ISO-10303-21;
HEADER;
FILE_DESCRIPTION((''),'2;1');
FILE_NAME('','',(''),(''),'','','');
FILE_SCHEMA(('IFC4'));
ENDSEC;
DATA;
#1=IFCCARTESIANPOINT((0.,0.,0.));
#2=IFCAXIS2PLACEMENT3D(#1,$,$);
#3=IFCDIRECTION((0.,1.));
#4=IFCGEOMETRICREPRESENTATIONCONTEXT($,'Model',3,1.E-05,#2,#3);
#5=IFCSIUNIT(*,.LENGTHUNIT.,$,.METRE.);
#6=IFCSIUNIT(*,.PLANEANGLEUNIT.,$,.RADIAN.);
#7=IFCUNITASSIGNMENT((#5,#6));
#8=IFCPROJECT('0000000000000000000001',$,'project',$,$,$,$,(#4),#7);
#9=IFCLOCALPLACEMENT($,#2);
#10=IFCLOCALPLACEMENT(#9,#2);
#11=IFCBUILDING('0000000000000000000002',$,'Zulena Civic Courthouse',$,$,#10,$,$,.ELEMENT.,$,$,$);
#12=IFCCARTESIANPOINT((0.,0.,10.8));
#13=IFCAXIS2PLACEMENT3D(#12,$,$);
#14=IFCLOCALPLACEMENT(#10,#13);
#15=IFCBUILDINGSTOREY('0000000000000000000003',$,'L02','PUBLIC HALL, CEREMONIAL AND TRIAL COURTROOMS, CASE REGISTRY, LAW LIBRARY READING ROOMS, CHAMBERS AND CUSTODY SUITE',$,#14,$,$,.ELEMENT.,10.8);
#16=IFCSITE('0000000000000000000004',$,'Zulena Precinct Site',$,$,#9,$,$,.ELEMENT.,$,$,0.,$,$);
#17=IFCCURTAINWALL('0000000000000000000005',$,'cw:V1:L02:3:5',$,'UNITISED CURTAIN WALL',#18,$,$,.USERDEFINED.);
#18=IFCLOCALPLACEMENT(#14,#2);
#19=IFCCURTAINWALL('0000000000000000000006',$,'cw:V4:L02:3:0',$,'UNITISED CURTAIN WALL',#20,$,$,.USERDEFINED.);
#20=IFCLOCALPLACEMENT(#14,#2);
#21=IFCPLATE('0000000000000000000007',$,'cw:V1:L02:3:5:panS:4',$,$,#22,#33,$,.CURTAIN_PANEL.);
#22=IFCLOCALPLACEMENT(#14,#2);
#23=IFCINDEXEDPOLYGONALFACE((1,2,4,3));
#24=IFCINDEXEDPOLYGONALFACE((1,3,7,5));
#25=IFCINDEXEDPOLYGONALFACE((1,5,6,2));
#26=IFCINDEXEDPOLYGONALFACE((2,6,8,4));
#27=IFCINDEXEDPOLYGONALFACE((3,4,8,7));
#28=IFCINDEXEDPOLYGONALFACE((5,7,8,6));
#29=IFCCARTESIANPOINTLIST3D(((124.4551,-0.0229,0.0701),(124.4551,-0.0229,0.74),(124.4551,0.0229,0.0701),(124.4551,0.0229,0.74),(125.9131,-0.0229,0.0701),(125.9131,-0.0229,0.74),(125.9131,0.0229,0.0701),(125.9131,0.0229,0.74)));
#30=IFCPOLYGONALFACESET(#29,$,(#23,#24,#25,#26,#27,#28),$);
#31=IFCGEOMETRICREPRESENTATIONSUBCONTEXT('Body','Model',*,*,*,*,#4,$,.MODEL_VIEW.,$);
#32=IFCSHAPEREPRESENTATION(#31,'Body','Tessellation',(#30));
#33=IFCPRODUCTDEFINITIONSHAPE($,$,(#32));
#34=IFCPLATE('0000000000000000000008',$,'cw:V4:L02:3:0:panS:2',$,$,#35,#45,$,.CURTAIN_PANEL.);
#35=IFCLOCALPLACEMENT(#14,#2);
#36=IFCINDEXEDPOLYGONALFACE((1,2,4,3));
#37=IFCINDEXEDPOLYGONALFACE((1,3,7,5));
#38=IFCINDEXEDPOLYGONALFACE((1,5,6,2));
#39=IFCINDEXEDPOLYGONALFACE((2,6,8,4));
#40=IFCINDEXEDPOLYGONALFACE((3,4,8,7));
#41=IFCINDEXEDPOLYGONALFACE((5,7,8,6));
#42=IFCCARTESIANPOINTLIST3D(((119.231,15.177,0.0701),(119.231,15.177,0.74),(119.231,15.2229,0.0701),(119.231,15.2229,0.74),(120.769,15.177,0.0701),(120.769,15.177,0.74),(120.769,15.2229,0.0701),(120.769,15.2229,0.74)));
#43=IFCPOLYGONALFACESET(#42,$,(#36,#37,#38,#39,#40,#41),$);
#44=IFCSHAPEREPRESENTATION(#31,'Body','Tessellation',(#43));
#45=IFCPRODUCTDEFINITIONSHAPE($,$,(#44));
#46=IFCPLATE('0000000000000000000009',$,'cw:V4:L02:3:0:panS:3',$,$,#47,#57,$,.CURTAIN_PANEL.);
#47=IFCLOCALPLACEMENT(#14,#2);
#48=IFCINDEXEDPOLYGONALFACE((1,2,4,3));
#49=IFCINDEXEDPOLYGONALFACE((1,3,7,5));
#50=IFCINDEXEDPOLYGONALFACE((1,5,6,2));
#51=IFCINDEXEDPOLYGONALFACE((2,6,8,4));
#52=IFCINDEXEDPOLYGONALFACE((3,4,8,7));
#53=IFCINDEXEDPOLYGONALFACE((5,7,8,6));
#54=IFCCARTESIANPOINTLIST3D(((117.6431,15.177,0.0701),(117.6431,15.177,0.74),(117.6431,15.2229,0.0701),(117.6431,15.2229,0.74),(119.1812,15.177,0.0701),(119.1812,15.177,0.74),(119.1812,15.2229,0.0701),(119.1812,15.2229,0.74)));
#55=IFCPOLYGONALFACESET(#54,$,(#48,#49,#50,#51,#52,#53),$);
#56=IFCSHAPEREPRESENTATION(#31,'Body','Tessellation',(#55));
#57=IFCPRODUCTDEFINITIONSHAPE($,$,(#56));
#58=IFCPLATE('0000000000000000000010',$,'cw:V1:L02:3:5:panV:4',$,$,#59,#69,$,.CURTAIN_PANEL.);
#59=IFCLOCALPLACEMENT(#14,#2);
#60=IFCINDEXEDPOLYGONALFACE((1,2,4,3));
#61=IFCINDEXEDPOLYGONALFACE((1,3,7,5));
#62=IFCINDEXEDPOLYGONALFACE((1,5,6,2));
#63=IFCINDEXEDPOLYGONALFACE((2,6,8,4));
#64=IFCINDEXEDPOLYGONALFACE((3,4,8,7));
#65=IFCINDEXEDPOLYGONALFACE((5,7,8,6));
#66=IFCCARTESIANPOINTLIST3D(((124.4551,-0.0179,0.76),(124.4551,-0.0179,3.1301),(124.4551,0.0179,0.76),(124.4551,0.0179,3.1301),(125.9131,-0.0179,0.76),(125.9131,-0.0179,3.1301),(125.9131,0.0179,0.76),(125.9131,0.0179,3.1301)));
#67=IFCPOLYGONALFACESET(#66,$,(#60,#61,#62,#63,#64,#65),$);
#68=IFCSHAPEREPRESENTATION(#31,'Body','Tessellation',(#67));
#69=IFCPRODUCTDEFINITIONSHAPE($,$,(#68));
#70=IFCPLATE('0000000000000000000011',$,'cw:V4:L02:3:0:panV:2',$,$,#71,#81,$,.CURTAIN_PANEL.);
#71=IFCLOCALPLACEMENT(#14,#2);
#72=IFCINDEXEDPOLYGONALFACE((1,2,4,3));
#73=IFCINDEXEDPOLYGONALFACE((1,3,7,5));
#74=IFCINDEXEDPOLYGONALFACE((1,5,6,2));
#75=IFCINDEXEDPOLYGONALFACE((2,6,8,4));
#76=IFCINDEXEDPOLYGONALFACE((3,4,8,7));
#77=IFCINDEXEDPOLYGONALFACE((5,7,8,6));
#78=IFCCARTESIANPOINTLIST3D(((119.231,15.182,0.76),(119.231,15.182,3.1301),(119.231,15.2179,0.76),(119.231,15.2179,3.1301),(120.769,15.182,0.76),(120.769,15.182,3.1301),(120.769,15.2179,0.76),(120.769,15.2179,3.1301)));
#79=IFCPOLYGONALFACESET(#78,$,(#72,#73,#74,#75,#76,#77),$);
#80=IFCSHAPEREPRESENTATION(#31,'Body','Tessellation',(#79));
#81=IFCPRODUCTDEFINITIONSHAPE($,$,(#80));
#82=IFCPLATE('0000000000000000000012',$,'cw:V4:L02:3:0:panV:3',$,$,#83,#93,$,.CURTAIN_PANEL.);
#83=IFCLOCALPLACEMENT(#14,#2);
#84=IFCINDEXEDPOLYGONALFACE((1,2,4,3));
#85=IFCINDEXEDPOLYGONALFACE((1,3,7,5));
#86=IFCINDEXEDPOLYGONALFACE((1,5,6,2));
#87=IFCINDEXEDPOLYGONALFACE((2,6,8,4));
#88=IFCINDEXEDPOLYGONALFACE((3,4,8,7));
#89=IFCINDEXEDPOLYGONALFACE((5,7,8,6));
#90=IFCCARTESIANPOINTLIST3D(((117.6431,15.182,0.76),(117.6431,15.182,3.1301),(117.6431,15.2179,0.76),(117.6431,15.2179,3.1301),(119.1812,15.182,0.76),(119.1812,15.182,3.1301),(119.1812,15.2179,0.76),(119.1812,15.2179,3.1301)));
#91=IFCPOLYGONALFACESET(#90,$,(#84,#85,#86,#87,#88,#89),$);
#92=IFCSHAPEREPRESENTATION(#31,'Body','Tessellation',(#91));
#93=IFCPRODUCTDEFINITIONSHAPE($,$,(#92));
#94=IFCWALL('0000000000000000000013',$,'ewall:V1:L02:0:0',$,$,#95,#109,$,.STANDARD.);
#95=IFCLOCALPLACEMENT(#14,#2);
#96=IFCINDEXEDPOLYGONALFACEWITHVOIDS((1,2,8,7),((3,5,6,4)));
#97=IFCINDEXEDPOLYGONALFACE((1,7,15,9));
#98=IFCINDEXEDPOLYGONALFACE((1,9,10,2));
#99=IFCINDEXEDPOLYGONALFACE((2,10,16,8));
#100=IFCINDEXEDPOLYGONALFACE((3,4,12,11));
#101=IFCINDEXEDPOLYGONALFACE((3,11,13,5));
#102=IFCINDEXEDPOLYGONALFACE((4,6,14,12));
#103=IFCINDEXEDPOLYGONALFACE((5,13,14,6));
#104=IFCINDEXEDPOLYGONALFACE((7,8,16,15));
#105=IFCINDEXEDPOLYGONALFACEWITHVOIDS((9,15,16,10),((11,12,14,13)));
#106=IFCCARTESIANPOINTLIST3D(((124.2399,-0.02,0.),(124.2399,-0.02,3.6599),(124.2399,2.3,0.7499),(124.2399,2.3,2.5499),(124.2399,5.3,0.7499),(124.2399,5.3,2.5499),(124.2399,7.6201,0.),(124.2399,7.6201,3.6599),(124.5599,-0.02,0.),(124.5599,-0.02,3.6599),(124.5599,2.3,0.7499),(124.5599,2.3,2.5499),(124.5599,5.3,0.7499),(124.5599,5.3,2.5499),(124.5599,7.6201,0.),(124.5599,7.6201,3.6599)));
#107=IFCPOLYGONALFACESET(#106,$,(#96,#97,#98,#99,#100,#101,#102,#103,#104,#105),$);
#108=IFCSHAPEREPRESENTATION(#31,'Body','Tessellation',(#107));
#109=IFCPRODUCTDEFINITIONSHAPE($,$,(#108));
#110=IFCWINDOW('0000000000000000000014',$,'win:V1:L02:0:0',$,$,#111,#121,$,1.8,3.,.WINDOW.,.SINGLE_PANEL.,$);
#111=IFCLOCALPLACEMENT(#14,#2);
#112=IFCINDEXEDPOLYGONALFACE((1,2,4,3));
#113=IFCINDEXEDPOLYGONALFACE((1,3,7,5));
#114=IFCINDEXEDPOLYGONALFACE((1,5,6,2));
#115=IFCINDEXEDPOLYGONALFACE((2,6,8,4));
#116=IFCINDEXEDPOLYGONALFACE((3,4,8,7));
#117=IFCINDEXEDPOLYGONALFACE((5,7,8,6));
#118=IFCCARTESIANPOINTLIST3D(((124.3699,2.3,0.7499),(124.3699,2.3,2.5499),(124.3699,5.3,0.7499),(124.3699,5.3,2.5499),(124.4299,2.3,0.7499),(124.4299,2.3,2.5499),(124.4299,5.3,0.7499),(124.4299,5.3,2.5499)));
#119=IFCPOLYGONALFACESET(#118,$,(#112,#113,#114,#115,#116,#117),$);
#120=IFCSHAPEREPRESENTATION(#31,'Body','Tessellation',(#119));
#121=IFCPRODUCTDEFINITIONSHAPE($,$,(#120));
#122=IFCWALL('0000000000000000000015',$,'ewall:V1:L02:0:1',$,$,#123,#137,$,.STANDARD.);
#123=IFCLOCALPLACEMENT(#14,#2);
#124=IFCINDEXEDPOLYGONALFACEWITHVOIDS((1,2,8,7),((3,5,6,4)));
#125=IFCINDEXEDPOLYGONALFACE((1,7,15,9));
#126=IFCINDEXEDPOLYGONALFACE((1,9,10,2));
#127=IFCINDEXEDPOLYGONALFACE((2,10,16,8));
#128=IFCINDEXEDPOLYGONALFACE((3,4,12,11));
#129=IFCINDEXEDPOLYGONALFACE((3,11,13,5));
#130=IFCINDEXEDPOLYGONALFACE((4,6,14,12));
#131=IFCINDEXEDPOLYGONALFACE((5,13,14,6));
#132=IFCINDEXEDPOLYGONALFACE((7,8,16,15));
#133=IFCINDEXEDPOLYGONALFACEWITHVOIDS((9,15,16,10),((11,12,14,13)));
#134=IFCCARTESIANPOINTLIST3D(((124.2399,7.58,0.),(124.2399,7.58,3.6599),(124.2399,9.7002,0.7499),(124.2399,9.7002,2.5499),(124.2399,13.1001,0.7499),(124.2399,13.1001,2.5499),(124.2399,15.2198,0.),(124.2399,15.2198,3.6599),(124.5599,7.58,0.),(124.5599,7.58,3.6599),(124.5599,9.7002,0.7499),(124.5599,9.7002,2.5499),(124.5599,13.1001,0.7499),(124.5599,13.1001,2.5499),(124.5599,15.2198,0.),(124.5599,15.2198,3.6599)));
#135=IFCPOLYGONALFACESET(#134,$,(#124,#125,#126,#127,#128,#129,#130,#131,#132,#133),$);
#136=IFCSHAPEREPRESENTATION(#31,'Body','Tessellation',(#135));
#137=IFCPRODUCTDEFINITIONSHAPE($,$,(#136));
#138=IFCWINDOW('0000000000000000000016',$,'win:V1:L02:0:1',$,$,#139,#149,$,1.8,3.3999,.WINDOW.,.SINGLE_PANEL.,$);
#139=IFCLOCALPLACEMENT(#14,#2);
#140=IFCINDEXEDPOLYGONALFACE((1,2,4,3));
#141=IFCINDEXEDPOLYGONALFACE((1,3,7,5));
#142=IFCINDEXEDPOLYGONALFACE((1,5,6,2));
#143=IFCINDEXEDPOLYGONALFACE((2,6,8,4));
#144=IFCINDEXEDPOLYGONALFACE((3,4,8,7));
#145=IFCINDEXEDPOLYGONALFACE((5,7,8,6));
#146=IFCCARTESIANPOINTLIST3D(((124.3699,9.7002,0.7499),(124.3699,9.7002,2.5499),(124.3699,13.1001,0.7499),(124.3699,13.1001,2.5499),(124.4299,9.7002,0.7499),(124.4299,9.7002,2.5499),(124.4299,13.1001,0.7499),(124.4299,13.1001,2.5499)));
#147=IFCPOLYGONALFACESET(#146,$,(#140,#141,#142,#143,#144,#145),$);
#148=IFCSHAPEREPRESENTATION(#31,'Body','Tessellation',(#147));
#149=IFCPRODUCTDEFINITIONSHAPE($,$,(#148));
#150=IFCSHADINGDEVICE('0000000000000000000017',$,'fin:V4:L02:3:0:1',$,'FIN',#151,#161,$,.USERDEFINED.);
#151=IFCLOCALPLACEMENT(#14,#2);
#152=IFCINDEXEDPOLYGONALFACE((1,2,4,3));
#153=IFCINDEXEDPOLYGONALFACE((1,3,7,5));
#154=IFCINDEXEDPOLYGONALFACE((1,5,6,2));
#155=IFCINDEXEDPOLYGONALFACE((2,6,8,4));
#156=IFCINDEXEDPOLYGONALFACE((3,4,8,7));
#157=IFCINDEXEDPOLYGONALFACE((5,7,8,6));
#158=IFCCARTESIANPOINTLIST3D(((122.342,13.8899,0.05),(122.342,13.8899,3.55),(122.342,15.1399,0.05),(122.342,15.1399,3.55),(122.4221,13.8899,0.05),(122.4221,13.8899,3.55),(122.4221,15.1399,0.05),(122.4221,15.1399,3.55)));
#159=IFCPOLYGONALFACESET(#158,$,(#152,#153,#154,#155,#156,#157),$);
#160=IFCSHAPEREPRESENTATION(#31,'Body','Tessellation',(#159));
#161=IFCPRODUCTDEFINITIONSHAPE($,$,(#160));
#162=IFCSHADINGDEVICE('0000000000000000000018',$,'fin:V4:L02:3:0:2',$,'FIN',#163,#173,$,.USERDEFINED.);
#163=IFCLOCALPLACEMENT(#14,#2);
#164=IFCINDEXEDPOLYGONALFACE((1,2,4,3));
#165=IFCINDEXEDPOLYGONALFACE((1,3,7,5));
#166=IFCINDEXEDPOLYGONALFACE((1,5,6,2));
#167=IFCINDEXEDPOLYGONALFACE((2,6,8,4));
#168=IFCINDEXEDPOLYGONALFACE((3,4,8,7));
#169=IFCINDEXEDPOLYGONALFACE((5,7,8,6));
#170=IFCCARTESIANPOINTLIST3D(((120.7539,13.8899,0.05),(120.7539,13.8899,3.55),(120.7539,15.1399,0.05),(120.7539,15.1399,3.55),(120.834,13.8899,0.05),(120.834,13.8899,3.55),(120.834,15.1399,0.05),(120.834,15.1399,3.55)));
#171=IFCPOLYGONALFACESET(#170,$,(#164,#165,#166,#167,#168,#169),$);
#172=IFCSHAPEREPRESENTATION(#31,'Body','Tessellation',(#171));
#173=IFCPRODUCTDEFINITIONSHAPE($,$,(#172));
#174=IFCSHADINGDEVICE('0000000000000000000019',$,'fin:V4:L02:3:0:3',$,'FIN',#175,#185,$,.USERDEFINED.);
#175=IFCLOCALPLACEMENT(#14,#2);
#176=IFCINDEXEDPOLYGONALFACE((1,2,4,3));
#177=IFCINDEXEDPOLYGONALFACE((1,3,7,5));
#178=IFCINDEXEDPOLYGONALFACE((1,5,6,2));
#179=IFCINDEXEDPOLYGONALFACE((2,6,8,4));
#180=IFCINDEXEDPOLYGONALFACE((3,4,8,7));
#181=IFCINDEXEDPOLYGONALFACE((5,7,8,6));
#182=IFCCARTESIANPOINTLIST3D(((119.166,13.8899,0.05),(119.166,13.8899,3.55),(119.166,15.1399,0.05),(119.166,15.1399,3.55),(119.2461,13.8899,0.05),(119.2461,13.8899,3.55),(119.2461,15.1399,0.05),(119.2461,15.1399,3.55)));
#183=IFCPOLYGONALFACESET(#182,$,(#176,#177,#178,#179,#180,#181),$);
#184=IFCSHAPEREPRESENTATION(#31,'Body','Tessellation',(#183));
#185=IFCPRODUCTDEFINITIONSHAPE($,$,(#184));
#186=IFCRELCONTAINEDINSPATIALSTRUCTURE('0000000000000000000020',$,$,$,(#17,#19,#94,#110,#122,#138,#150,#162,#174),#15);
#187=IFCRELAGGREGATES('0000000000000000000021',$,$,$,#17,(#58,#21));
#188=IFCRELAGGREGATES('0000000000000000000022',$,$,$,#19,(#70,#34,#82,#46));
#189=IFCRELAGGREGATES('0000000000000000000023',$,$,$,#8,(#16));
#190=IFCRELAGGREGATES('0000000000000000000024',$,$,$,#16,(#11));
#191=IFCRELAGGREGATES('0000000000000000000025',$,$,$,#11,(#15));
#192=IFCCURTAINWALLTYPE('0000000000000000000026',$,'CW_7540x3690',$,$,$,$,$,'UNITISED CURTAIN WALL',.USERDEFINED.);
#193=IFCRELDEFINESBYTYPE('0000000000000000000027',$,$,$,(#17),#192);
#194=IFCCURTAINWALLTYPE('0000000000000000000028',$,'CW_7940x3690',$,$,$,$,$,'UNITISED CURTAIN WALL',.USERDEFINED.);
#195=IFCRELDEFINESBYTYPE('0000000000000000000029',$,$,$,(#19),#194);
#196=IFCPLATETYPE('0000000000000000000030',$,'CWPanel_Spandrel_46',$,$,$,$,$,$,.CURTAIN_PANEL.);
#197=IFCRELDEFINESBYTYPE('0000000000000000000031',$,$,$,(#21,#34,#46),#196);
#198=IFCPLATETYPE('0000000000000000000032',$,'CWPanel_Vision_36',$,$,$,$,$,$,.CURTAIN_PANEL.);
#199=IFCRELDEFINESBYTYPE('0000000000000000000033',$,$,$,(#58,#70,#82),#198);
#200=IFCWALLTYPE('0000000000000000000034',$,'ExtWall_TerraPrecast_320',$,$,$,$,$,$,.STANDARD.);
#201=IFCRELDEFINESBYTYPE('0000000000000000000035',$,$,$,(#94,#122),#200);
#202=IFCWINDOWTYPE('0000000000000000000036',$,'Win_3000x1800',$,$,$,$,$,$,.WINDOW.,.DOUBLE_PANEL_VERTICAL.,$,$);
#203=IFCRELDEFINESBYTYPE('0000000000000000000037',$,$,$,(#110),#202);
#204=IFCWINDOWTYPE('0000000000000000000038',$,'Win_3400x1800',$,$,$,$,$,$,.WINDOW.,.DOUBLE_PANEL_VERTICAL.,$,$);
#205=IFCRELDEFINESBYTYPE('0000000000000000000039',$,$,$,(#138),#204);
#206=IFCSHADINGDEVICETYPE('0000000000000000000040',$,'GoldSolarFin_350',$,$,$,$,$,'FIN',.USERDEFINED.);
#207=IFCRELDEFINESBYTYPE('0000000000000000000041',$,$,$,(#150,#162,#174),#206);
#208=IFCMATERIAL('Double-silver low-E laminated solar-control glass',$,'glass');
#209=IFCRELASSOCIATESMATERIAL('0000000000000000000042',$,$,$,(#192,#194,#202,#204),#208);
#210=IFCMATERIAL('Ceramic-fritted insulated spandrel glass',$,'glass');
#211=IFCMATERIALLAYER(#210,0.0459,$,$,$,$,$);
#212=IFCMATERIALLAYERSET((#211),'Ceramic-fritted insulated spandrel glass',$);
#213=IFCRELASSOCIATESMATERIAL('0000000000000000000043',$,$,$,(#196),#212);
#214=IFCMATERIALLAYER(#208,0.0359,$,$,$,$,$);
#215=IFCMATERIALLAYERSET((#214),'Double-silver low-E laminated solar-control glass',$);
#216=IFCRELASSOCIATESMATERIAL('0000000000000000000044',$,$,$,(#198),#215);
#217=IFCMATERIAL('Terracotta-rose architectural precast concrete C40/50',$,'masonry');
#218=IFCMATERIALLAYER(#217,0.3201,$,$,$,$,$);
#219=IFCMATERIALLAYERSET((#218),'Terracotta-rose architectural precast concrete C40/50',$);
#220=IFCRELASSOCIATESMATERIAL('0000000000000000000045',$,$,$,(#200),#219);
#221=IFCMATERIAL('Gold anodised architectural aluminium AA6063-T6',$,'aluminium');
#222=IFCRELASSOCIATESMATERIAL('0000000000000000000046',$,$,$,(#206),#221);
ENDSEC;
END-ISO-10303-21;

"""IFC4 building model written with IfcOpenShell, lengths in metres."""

from ifc_helpers import new_model, si_unit, direction, frame, frame_2d, origin, origin_2d, place, context, subcontext, project, spatial, rectangle, extrude, material, layer, layer_set, type_object, element, fill, aggregate, save


model = new_model("IFC4")

# Units and contexts
model_context = context("Model", 3, precision=1e-05, world=origin(), true_north=direction((0.0, 1.0)))
body_context = subcontext(model_context, "Body", "Model", "MODEL_VIEW")
ifc_project = project(units=[si_unit("LENGTHUNIT", "METRE"), si_unit("PLANEANGLEUNIT", "RADIAN")], contexts=[model_context])

# Site, building, storey
site_placement = place(None, origin())
site = spatial("IfcSite", under=ifc_project, at=site_placement, Name="Zulena Precinct Site", CompositionType="ELEMENT", RefElevation=0.0)
building_placement = place(site_placement, origin())
building = spatial("IfcBuilding", under=site, at=building_placement, Name="Zulena Civic Courthouse", CompositionType="ELEMENT")
storey_placement = place(building_placement, frame((0.0, 0.0, 10.8)))
storey = spatial("IfcBuildingStorey", under=building, at=storey_placement, Name="L02", Description="PUBLIC HALL, CEREMONIAL AND TRIAL COURTROOMS, CASE REGISTRY, LAW LIBRARY READING ROOMS, CHAMBERS AND CUSTODY SUITE", CompositionType="ELEMENT", Elevation=10.8)

# Curtain walls
ifc_material_1 = material(Name="Double-silver low-E laminated solar-control glass", Category="glass")
curtain_wall_type_1 = type_object("IfcCurtainWallType", Name="CW_7540x3690", ElementType="UNITISED CURTAIN WALL", PredefinedType="USERDEFINED", material=ifc_material_1)
curtain_wall_1_placement = place(storey_placement, origin())
curtain_wall_1 = element("IfcCurtainWall", 1, at=curtain_wall_1_placement, inside=storey, type_object=curtain_wall_type_1, Name="cw:V1:L02:3:5", ObjectType="UNITISED CURTAIN WALL", PredefinedType="USERDEFINED")
curtain_wall_type_2 = type_object("IfcCurtainWallType", Name="CW_7940x3690", ElementType="UNITISED CURTAIN WALL", PredefinedType="USERDEFINED", material=ifc_material_1)
curtain_wall_2_placement = place(storey_placement, origin())
curtain_wall_2 = element("IfcCurtainWall", 2, at=curtain_wall_2_placement, inside=storey, type_object=curtain_wall_type_2, Name="cw:V4:L02:3:0", ObjectType="UNITISED CURTAIN WALL", PredefinedType="USERDEFINED")

# Plates
ifc_material_2 = material(Name="Ceramic-fritted insulated spandrel glass", Category="glass")
ifc_layer_1 = layer(ifc_material_2, 0.0459)
ifc_layer_set_1 = layer_set([ifc_layer_1], Name="Ceramic-fritted insulated spandrel glass")
plate_type_1 = type_object("IfcPlateType", Name="CWPanel_Spandrel_46", PredefinedType="CURTAIN_PANEL", material=ifc_layer_set_1)
plate_1_placement = place(storey_placement, frame((125.1841, 0.0, 0.0701), z_axis=(0.0, 0.0, 1.0), x_axis=(-1.0, 0.0, 0.0)))
plate_1 = element("IfcPlate", 3, at=plate_1_placement, type_object=plate_type_1, Name="cw:V1:L02:3:5:panS:4", PredefinedType="CURTAIN_PANEL", context=body_context, shape_type="SweptSolid", body=[
    extrude(rectangle(XDim=1.458, YDim=0.0459, at=origin_2d()), origin(), (0.0, 0.0, 1.0), 0.6699),
])
plate_2_placement = place(storey_placement, frame((120.0, 15.2, 0.0701), z_axis=(0.0, 0.0, 1.0), x_axis=(-1.0, 0.0, 0.0)))
plate_2 = element("IfcPlate", 4, at=plate_2_placement, type_object=plate_type_1, Name="cw:V4:L02:3:0:panS:2", PredefinedType="CURTAIN_PANEL", context=body_context, shape_type="SweptSolid", body=[
    extrude(rectangle(XDim=1.5381, YDim=0.0459, at=origin_2d()), origin(), (0.0, 0.0, 1.0), 0.6699),
])
plate_3_placement = place(storey_placement, frame((118.4121, 15.2, 0.0701), z_axis=(0.0, 0.0, 1.0), x_axis=(-1.0, 0.0, 0.0)))
plate_3 = element("IfcPlate", 5, at=plate_3_placement, type_object=plate_type_1, Name="cw:V4:L02:3:0:panS:3", PredefinedType="CURTAIN_PANEL", context=body_context, shape_type="SweptSolid", body=[
    extrude(rectangle(XDim=1.5381, YDim=0.0459, at=origin_2d()), origin(), (0.0, 0.0, 1.0), 0.6699),
])
ifc_layer_2 = layer(ifc_material_1, 0.0359)
ifc_layer_set_2 = layer_set([ifc_layer_2], Name="Double-silver low-E laminated solar-control glass")
plate_type_2 = type_object("IfcPlateType", Name="CWPanel_Vision_36", PredefinedType="CURTAIN_PANEL", material=ifc_layer_set_2)
plate_4_placement = place(storey_placement, frame((125.1841, 0.0, 0.76), z_axis=(0.0, 0.0, 1.0), x_axis=(-1.0, 0.0, 0.0)))
plate_4 = element("IfcPlate", 6, at=plate_4_placement, type_object=plate_type_2, Name="cw:V1:L02:3:5:panV:4", PredefinedType="CURTAIN_PANEL", context=body_context, shape_type="SweptSolid", body=[
    extrude(rectangle(XDim=1.458, YDim=0.0359, at=origin_2d()), origin(), (0.0, 0.0, 1.0), 2.3701),
])
aggregate(curtain_wall_1, [plate_4, plate_1])
plate_5_placement = place(storey_placement, frame((120.0, 15.2, 0.76), z_axis=(0.0, 0.0, 1.0), x_axis=(-1.0, 0.0, 0.0)))
plate_5 = element("IfcPlate", 7, at=plate_5_placement, type_object=plate_type_2, Name="cw:V4:L02:3:0:panV:2", PredefinedType="CURTAIN_PANEL", context=body_context, shape_type="SweptSolid", body=[
    extrude(rectangle(XDim=1.5381, YDim=0.0359, at=origin_2d()), origin(), (0.0, 0.0, 1.0), 2.3701),
])
plate_6_placement = place(storey_placement, frame((118.4121, 15.2, 0.76), z_axis=(0.0, 0.0, 1.0), x_axis=(-1.0, 0.0, 0.0)))
plate_6 = element("IfcPlate", 8, at=plate_6_placement, type_object=plate_type_2, Name="cw:V4:L02:3:0:panV:3", PredefinedType="CURTAIN_PANEL", context=body_context, shape_type="SweptSolid", body=[
    extrude(rectangle(XDim=1.5381, YDim=0.0359, at=origin_2d()), origin(), (0.0, 0.0, 1.0), 2.3701),
])
aggregate(curtain_wall_2, [plate_5, plate_2, plate_6, plate_3])

# Walls, openings, windows
ifc_material_3 = material(Name="Terracotta-rose architectural precast concrete C40/50", Category="masonry")
ifc_layer_3 = layer(ifc_material_3, 0.3201)
ifc_layer_set_3 = layer_set([ifc_layer_3], Name="Terracotta-rose architectural precast concrete C40/50")
wall_type = type_object("IfcWallType", Name="ExtWall_TerraPrecast_320", PredefinedType="STANDARD", material=ifc_layer_set_3)
wall_1_placement = place(storey_placement, frame((124.3999, -0.02, 0.0), z_axis=(0.0, 0.0, 1.0), x_axis=(0.0, 1.0, 0.0)))
wall_1 = element("IfcWall", 9, at=wall_1_placement, inside=storey, type_object=wall_type, Name="ewall:V1:L02:0:0", PredefinedType="STANDARD", context=body_context, shape_type="SweptSolid", body=[
    extrude(rectangle(XDim=7.6401, YDim=0.3201, at=frame_2d((3.8201, 0.0))), origin(), (0.0, 0.0, 1.0), 3.6599),
])
opening_1_placement = place(wall_1_placement, frame((2.3201, 0.0, 0.75)))
opening_1 = element("IfcOpeningElement", 10, at=opening_1_placement, cuts=wall_1, PredefinedType="OPENING", context=body_context, shape_type="SweptSolid", body=[
    extrude(rectangle(XDim=3.0, YDim=1.8, at=frame_2d((1.5, 0.8999))), frame((0.0, 0.1699, 0.0), z_axis=(0.0, -1.0, 0.0), x_axis=(1.0, 0.0, 0.0)), (0.0, 0.0, 1.0), 0.3401),
])
window_type_1 = type_object("IfcWindowType", Name="Win_3000x1800", PartitioningType="DOUBLE_PANEL_VERTICAL", PredefinedType="WINDOW", material=ifc_material_1)
window_1_placement = place(opening_1_placement, origin())
window_1 = element("IfcWindow", 11, at=window_1_placement, inside=storey, type_object=window_type_1, Name="win:V1:L02:0:0", OverallHeight=1.8, OverallWidth=3.0, PartitioningType="SINGLE_PANEL", PredefinedType="WINDOW", context=body_context, shape_type="SweptSolid", body=[
    extrude(rectangle(XDim=3.0, YDim=1.8, at=frame_2d((1.5, 0.8999))), frame((0.0, 0.03, 0.0), z_axis=(0.0, -1.0, 0.0), x_axis=(1.0, 0.0, 0.0)), (0.0, 0.0, 1.0), 0.0601),
])
fill(opening_1, window_1)
wall_2_placement = place(storey_placement, frame((124.3999, 7.5801, 0.0), z_axis=(0.0, 0.0, 1.0), x_axis=(0.0, 1.0, 0.0)))
wall_2 = element("IfcWall", 12, at=wall_2_placement, inside=storey, type_object=wall_type, Name="ewall:V1:L02:0:1", PredefinedType="STANDARD", context=body_context, shape_type="SweptSolid", body=[
    extrude(rectangle(XDim=7.6399, YDim=0.3201, at=frame_2d((3.8198, 0.0))), origin(), (0.0, 0.0, 1.0), 3.6599),
])
opening_2_placement = place(wall_2_placement, frame((2.1201, 0.0, 0.75)))
opening_2 = element("IfcOpeningElement", 13, at=opening_2_placement, cuts=wall_2, PredefinedType="OPENING", context=body_context, shape_type="SweptSolid", body=[
    extrude(rectangle(XDim=3.3999, YDim=1.8, at=frame_2d((1.7, 0.8999))), frame((0.0, 0.1699, 0.0), z_axis=(0.0, -1.0, 0.0), x_axis=(1.0, 0.0, 0.0)), (0.0, 0.0, 1.0), 0.3401),
])
window_type_2 = type_object("IfcWindowType", Name="Win_3400x1800", PartitioningType="DOUBLE_PANEL_VERTICAL", PredefinedType="WINDOW", material=ifc_material_1)
window_2_placement = place(opening_2_placement, origin())
window_2 = element("IfcWindow", 14, at=window_2_placement, inside=storey, type_object=window_type_2, Name="win:V1:L02:0:1", OverallHeight=1.8, OverallWidth=3.3999, PartitioningType="SINGLE_PANEL", PredefinedType="WINDOW", context=body_context, shape_type="SweptSolid", body=[
    extrude(rectangle(XDim=3.3999, YDim=1.8, at=frame_2d((1.7, 0.8999))), frame((0.0, 0.03, 0.0), z_axis=(0.0, -1.0, 0.0), x_axis=(1.0, 0.0, 0.0)), (0.0, 0.0, 1.0), 0.0601),
])
fill(opening_2, window_2)

# Shading devices
ifc_material_4 = material(Name="Gold anodised architectural aluminium AA6063-T6", Category="aluminium")
shading_device_type = type_object("IfcShadingDeviceType", Name="GoldSolarFin_350", ElementType="FIN", PredefinedType="USERDEFINED", material=ifc_material_4)
for number, where, z_axis, x_axis, name in (
    (15, (122.3821, 14.5149, 0.05), (0.0, 0.0, 1.0), (0.0, -1.0, 0.0), "fin:V4:L02:3:0:1"),
    (16, (120.7939, 14.5149, 0.05), (0.0, 0.0, 1.0), (0.0, -1.0, 0.0), "fin:V4:L02:3:0:2"),
    (17, (119.2061, 14.5149, 0.05), (0.0, 0.0, 1.0), (0.0, -1.0, 0.0), "fin:V4:L02:3:0:3"),
):
    element("IfcShadingDevice", number, at=place(storey_placement, frame(where, z_axis=z_axis, x_axis=x_axis)), inside=storey, type_object=shading_device_type, Name=name, ObjectType="FIN", PredefinedType="USERDEFINED", context=body_context, shape_type="SweptSolid", body=[
        extrude(rectangle(XDim=1.25, YDim=0.0801, at=origin_2d()), origin(), (0.0, 0.0, 1.0), 3.5),
    ])

save(model, "model.ifc")
